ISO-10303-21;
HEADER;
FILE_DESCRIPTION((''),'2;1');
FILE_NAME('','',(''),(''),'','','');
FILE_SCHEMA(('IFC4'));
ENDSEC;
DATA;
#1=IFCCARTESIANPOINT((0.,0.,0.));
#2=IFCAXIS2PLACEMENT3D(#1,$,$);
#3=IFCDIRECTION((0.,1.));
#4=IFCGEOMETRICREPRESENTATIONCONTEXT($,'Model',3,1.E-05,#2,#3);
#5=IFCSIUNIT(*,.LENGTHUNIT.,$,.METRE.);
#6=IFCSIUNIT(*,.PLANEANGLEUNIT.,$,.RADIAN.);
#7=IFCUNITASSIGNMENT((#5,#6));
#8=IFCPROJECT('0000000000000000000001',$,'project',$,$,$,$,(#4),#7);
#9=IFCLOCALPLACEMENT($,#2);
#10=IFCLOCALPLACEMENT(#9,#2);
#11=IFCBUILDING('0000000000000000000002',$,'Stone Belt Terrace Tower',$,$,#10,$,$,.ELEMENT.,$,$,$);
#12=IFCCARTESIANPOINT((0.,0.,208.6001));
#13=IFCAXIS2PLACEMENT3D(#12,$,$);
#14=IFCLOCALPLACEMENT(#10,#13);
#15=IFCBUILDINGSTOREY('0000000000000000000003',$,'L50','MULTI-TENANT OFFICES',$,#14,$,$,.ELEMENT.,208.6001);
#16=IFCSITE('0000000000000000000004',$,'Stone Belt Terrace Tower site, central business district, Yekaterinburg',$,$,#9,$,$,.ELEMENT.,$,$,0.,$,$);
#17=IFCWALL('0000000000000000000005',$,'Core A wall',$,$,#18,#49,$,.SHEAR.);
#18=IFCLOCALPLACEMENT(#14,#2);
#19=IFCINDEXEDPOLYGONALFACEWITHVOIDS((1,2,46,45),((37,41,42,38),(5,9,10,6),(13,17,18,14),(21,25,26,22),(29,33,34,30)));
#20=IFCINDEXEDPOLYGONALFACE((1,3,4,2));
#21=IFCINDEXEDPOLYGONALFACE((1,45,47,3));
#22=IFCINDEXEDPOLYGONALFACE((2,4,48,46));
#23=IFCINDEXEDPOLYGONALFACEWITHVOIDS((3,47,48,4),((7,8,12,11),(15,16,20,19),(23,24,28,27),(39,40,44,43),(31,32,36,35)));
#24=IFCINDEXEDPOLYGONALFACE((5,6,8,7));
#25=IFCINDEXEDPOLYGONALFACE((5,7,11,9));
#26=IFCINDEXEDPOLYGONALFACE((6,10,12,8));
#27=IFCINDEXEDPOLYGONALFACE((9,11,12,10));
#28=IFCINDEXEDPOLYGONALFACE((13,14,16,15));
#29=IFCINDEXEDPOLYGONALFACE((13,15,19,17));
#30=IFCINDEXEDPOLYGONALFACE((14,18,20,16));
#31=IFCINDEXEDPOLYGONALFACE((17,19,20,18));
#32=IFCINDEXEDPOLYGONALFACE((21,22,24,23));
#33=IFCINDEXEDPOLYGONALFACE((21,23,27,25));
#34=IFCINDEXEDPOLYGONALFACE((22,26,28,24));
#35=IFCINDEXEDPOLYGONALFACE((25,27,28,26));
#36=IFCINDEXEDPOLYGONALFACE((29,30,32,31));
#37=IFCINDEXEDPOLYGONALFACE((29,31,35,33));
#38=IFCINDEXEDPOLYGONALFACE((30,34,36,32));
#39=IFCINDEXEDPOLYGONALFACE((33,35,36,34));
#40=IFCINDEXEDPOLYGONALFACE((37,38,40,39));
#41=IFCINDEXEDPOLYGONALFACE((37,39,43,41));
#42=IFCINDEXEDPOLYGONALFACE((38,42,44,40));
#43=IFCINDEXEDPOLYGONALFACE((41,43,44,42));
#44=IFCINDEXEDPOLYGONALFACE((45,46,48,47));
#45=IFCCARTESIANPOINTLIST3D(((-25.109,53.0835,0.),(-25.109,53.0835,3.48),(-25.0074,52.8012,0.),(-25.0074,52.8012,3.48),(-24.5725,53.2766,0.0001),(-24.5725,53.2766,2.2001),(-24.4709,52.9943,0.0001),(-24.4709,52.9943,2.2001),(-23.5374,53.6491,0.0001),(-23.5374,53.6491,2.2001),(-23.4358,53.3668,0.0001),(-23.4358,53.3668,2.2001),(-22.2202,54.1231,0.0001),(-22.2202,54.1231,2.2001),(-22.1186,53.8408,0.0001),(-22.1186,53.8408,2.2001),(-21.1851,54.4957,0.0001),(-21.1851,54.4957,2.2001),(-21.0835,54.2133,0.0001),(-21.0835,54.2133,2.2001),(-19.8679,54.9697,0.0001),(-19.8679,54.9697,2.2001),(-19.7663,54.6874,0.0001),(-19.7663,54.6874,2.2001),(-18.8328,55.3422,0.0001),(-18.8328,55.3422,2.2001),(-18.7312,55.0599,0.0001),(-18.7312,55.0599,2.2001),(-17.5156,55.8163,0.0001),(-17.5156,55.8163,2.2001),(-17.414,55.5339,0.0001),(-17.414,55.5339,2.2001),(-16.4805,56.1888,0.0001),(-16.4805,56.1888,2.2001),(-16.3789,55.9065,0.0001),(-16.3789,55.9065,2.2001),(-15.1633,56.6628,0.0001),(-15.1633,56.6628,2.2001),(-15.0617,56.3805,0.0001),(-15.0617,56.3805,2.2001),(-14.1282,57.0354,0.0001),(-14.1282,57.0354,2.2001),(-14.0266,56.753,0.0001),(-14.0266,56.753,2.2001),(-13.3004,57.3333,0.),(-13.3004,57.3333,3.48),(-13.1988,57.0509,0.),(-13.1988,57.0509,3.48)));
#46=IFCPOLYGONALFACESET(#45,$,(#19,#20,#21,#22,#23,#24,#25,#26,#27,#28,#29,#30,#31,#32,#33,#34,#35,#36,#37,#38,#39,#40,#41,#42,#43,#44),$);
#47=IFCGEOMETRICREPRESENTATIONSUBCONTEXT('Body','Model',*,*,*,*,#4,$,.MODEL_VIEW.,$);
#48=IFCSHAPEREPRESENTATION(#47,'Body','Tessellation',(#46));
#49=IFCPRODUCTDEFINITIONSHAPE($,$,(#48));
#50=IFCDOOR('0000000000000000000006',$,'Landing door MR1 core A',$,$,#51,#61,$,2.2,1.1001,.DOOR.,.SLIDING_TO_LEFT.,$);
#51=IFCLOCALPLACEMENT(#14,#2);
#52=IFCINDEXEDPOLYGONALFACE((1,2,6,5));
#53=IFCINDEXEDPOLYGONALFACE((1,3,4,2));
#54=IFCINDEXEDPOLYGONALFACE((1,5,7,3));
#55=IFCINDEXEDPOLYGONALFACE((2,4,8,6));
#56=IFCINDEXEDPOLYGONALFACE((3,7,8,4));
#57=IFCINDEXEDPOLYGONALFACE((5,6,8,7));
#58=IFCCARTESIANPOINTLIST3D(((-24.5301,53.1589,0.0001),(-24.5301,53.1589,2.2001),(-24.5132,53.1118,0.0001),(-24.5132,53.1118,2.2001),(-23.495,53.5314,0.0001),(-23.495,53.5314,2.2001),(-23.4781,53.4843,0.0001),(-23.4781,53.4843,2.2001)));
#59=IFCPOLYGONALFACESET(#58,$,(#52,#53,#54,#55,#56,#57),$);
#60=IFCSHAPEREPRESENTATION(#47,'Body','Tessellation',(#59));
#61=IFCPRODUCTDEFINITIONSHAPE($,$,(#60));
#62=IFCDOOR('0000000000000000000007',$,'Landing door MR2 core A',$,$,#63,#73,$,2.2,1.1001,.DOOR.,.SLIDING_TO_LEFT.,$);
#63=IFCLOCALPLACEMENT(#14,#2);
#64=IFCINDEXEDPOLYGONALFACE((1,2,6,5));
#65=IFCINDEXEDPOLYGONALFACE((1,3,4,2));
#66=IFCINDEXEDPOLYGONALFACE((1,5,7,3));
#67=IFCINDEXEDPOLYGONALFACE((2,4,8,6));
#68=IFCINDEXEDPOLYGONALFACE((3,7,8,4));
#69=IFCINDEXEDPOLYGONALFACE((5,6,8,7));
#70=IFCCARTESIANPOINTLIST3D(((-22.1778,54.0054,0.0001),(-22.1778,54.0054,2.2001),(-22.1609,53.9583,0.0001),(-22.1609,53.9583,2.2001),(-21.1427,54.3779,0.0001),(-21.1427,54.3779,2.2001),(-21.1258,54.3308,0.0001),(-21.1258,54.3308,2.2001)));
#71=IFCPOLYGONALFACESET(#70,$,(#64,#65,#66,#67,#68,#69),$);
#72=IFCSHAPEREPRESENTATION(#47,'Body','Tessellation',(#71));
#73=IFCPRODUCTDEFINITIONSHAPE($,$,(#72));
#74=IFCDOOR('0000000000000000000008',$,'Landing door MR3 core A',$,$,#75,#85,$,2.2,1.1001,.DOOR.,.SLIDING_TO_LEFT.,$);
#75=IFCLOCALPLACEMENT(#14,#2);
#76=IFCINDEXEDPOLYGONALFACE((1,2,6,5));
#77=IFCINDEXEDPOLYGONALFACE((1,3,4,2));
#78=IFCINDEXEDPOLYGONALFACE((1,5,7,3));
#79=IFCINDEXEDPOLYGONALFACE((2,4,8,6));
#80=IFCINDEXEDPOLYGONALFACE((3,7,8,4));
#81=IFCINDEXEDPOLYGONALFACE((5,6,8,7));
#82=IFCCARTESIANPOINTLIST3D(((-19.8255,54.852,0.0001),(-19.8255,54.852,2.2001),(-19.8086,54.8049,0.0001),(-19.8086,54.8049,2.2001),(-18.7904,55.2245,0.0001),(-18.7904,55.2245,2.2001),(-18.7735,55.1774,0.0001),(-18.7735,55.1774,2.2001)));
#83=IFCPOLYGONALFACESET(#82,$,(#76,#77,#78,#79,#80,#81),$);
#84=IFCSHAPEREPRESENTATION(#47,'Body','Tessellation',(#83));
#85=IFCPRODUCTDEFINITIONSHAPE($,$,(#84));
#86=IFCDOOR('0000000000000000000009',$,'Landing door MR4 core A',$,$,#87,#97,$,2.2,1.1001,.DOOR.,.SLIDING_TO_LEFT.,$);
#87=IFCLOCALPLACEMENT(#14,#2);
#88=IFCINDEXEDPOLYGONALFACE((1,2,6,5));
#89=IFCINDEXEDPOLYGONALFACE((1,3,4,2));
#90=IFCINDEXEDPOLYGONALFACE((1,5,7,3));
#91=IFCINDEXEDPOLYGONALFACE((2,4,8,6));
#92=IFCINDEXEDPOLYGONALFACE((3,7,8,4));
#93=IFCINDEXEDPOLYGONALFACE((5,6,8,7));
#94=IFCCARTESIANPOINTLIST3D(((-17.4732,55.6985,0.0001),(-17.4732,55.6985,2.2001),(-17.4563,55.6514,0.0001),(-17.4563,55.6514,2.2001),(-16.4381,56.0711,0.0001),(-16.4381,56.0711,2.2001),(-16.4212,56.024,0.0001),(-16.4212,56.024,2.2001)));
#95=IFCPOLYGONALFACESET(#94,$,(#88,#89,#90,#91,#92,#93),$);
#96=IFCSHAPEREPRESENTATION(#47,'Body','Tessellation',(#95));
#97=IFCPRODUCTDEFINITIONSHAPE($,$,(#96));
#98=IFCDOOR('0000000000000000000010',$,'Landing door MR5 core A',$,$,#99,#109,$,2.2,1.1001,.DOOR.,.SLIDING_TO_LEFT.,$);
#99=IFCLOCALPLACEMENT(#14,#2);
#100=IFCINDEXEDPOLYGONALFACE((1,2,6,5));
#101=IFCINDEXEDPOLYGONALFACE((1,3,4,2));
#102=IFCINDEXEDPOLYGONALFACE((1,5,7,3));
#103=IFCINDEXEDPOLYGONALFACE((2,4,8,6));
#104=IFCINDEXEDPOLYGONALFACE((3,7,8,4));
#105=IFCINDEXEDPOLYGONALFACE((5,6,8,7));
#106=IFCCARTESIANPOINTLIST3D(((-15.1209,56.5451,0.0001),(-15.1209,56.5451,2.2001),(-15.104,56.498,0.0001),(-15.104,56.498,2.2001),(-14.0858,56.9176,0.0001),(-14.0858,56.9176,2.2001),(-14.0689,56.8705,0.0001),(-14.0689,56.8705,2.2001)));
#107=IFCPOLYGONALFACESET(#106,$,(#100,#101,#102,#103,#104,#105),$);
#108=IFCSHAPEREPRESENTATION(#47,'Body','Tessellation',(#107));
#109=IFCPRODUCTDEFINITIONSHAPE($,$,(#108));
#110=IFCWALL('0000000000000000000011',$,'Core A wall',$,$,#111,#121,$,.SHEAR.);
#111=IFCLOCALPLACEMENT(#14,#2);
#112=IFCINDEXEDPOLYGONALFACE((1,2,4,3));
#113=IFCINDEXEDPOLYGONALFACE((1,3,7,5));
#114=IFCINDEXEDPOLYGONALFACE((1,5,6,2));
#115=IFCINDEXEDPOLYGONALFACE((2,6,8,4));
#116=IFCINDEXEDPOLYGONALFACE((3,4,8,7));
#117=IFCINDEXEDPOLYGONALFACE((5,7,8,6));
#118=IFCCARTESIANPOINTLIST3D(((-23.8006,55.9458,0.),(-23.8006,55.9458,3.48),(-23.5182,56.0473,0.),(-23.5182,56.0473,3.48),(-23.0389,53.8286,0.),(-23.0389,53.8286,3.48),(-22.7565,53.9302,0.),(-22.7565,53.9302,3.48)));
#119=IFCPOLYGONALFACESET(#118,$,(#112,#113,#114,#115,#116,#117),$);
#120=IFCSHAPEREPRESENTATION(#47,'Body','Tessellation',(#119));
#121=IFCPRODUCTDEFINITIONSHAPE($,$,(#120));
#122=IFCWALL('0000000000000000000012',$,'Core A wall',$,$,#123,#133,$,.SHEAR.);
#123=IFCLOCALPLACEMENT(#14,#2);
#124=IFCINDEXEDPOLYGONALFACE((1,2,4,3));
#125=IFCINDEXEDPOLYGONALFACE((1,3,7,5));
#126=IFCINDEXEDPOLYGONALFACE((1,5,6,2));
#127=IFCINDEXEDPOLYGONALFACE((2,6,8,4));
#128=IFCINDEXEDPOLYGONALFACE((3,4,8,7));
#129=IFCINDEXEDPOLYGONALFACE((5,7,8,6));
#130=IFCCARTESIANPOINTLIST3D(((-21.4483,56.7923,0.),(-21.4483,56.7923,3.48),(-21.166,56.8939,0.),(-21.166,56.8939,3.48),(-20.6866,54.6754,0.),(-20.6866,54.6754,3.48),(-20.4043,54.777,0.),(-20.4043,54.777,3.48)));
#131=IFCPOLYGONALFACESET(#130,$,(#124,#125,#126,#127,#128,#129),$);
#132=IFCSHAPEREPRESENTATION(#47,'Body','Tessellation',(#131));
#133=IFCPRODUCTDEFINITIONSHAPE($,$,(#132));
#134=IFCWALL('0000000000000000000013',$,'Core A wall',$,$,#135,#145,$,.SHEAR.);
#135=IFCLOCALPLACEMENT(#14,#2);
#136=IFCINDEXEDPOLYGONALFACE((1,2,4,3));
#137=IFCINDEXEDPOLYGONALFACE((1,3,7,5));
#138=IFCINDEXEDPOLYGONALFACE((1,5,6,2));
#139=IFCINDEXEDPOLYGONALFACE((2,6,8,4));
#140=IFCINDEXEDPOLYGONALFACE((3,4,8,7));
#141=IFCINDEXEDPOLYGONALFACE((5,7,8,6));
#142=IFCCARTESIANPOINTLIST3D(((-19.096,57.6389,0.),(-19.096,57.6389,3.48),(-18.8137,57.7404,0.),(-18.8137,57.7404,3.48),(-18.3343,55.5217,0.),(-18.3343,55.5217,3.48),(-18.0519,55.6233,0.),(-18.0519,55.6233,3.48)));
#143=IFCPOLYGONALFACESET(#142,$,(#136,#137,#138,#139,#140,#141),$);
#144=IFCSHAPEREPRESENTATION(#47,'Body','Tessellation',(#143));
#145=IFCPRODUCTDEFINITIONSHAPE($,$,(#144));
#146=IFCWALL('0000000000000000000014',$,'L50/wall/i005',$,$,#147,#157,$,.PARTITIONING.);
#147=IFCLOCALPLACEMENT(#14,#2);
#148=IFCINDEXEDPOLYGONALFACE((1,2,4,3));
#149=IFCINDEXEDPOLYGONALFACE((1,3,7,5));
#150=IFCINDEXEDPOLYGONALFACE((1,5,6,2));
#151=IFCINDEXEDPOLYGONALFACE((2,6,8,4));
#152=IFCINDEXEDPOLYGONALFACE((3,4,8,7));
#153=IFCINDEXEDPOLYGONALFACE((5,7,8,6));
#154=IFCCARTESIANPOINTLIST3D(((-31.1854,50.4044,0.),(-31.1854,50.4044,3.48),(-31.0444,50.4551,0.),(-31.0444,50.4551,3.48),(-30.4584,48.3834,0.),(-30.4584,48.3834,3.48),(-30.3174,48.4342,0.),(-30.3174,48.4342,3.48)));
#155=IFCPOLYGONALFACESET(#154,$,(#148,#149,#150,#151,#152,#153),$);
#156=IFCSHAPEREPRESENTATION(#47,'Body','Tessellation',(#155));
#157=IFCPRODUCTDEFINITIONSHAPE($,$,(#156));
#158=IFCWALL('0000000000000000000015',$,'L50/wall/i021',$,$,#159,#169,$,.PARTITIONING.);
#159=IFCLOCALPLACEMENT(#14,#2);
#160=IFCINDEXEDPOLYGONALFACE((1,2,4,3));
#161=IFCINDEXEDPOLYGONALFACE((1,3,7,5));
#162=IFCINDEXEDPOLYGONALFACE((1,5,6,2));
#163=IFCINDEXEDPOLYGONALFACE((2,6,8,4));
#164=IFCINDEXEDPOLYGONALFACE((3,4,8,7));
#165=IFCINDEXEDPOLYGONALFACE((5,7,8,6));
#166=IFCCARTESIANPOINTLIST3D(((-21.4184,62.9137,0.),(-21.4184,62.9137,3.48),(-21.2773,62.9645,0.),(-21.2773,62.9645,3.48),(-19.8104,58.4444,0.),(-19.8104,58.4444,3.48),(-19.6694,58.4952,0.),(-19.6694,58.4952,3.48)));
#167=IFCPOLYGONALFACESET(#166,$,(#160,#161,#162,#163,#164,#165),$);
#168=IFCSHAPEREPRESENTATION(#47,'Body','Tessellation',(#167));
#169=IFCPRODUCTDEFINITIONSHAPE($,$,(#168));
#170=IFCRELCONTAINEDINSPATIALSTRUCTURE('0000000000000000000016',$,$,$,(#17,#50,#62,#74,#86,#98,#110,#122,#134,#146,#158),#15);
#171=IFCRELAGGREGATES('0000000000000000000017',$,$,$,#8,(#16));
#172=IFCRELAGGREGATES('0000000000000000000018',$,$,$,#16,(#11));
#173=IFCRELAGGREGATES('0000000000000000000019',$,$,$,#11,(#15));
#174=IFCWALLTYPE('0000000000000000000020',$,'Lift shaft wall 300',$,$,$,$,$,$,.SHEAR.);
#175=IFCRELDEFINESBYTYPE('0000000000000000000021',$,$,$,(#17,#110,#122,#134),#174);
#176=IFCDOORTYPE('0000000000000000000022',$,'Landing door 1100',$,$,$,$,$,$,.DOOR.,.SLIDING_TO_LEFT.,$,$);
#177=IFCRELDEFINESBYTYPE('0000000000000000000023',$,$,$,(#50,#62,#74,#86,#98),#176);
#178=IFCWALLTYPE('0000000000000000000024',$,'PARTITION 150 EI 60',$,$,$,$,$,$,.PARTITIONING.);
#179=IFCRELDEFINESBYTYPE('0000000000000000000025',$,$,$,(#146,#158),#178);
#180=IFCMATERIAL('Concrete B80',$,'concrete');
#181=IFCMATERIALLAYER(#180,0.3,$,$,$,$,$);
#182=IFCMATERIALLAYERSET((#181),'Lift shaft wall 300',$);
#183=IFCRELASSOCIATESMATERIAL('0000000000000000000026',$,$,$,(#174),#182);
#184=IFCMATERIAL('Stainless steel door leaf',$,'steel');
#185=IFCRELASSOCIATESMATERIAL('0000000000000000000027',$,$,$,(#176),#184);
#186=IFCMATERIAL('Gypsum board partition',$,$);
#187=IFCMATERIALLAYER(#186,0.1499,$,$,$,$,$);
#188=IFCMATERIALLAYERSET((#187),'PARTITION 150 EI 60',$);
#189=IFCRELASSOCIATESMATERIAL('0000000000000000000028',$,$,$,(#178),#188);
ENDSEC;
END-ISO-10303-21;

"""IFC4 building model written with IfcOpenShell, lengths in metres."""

from ifc_helpers import new_model, si_unit, direction, frame, frame_2d, origin, place, context, subcontext, project, spatial, rectangle, extrude, material, layer, layer_set, type_object, element, fill, save


model = new_model("IFC4")

# Units and contexts
model_context = context("Model", 3, precision=1e-05, world=origin(), true_north=direction((0.0, 1.0)))
body_context = subcontext(model_context, "Body", "Model", "MODEL_VIEW")
ifc_project = project(units=[si_unit("LENGTHUNIT", "METRE"), si_unit("PLANEANGLEUNIT", "RADIAN")], contexts=[model_context])

# Site, building, storey
site_placement = place(None, origin())
site = spatial("IfcSite", under=ifc_project, at=site_placement, Name="Stone Belt Terrace Tower site, central business district, Yekaterinburg", CompositionType="ELEMENT", RefElevation=0.0)
building_placement = place(site_placement, origin())
building = spatial("IfcBuilding", under=site, at=building_placement, Name="Stone Belt Terrace Tower", CompositionType="ELEMENT")
storey_placement = place(building_placement, frame((0.0, 0.0, 208.6001)))
storey = spatial("IfcBuildingStorey", under=building, at=storey_placement, Name="L50", Description="MULTI-TENANT OFFICES", CompositionType="ELEMENT", Elevation=208.6001)

# Shared definitions
ifc_material_1 = material(Name="Concrete B80", Category="concrete")

# Shared definitions
ifc_layer_1 = layer(ifc_material_1, 0.3)
ifc_layer_set_1 = layer_set([ifc_layer_1], Name="Lift shaft wall 300")
wall_type_1 = type_object("IfcWallType", Name="Lift shaft wall 300", PredefinedType="SHEAR", material=ifc_layer_set_1)
ifc_material_2 = material(Name="Stainless steel door leaf", Category="steel")

# Wall, openings, doors
wall_1_placement = place(storey_placement, frame((-25.0581, 52.9424, 0.0), z_axis=(0.0, 0.0, 1.0), x_axis=(0.940921, 0.338625, 0.0)))
wall_1 = element("IfcWall", 1, at=wall_1_placement, inside=storey, type_object=wall_type_1, Name="Core A wall", PredefinedType="SHEAR", context=body_context, shape_type="SweptSolid", body=[
    extrude(rectangle(XDim=12.55, YDim=0.3, at=frame_2d((6.2749, 0.0))), origin(), (0.0, 0.0, 1.0), 3.48),
])
opening_1_placement = place(wall_1_placement, frame((0.5701, 0.0, 0.0)))
opening_1 = element("IfcOpeningElement", 2, at=opening_1_placement, cuts=wall_1, PredefinedType="OPENING", context=body_context, shape_type="SweptSolid", body=[
    extrude(rectangle(XDim=1.1001, YDim=2.2, at=frame_2d((0.55, 1.1001))), frame((0.0, 0.1599, 0.0), z_axis=(0.0, -1.0, 0.0), x_axis=(1.0, 0.0, 0.0)), (0.0, 0.0, 1.0), 0.3201),
])
opening_2_placement = place(wall_1_placement, frame((3.0701, 0.0, 0.0)))
opening_2 = element("IfcOpeningElement", 3, at=opening_2_placement, cuts=wall_1, PredefinedType="OPENING", context=body_context, shape_type="SweptSolid", body=[
    extrude(rectangle(XDim=1.1001, YDim=2.2, at=frame_2d((0.55, 1.1001))), frame((0.0, 0.1599, 0.0), z_axis=(0.0, -1.0, 0.0), x_axis=(1.0, 0.0, 0.0)), (0.0, 0.0, 1.0), 0.3201),
])
opening_3_placement = place(wall_1_placement, frame((5.5701, 0.0, 0.0)))
opening_3 = element("IfcOpeningElement", 4, at=opening_3_placement, cuts=wall_1, PredefinedType="OPENING", context=body_context, shape_type="SweptSolid", body=[
    extrude(rectangle(XDim=1.1001, YDim=2.2, at=frame_2d((0.55, 1.1001))), frame((0.0, 0.1599, 0.0), z_axis=(0.0, -1.0, 0.0), x_axis=(1.0, 0.0, 0.0)), (0.0, 0.0, 1.0), 0.3201),
])
opening_4_placement = place(wall_1_placement, frame((8.0701, 0.0, 0.0)))
opening_4 = element("IfcOpeningElement", 5, at=opening_4_placement, cuts=wall_1, PredefinedType="OPENING", context=body_context, shape_type="SweptSolid", body=[
    extrude(rectangle(XDim=1.1001, YDim=2.2, at=frame_2d((0.55, 1.1001))), frame((0.0, 0.1599, 0.0), z_axis=(0.0, -1.0, 0.0), x_axis=(1.0, 0.0, 0.0)), (0.0, 0.0, 1.0), 0.3201),
])
opening_5_placement = place(wall_1_placement, frame((10.5701, 0.0, 0.0)))
opening_5 = element("IfcOpeningElement", 6, at=opening_5_placement, cuts=wall_1, PredefinedType="OPENING", context=body_context, shape_type="SweptSolid", body=[
    extrude(rectangle(XDim=1.1001, YDim=2.2, at=frame_2d((0.55, 1.1001))), frame((0.0, 0.1599, 0.0), z_axis=(0.0, -1.0, 0.0), x_axis=(1.0, 0.0, 0.0)), (0.0, 0.0, 1.0), 0.3201),
])
door_type_1 = type_object("IfcDoorType", Name="Landing door 1100", OperationType="SLIDING_TO_LEFT", PredefinedType="DOOR", material=ifc_material_2)
door_1_placement = place(opening_1_placement, origin())
door_1 = element("IfcDoor", 7, at=door_1_placement, inside=storey, type_object=door_type_1, Name="Landing door MR1 core A", OperationType="SLIDING_TO_LEFT", OverallHeight=2.2, OverallWidth=1.1001, PredefinedType="DOOR", context=body_context, shape_type="SweptSolid", body=[
    extrude(rectangle(XDim=1.1001, YDim=2.2, at=frame_2d((0.55, 1.1001))), frame((0.0, 0.0249, 0.0), z_axis=(0.0, -1.0, 0.0), x_axis=(1.0, 0.0, 0.0)), (0.0, 0.0, 1.0), 0.05),
])
fill(opening_1, door_1)
door_2_placement = place(opening_2_placement, origin())
door_2 = element("IfcDoor", 8, at=door_2_placement, inside=storey, type_object=door_type_1, Name="Landing door MR2 core A", OperationType="SLIDING_TO_LEFT", OverallHeight=2.2, OverallWidth=1.1001, PredefinedType="DOOR", context=body_context, shape_type="SweptSolid", body=[
    extrude(rectangle(XDim=1.1001, YDim=2.2, at=frame_2d((0.55, 1.1001))), frame((0.0, 0.0249, 0.0), z_axis=(0.0, -1.0, 0.0), x_axis=(1.0, 0.0, 0.0)), (0.0, 0.0, 1.0), 0.05),
])
fill(opening_2, door_2)
door_3_placement = place(opening_3_placement, origin())
door_3 = element("IfcDoor", 9, at=door_3_placement, inside=storey, type_object=door_type_1, Name="Landing door MR3 core A", OperationType="SLIDING_TO_LEFT", OverallHeight=2.2, OverallWidth=1.1001, PredefinedType="DOOR", context=body_context, shape_type="SweptSolid", body=[
    extrude(rectangle(XDim=1.1001, YDim=2.2, at=frame_2d((0.55, 1.1001))), frame((0.0, 0.0249, 0.0), z_axis=(0.0, -1.0, 0.0), x_axis=(1.0, 0.0, 0.0)), (0.0, 0.0, 1.0), 0.05),
])
fill(opening_3, door_3)
door_4_placement = place(opening_4_placement, origin())
door_4 = element("IfcDoor", 10, at=door_4_placement, inside=storey, type_object=door_type_1, Name="Landing door MR4 core A", OperationType="SLIDING_TO_LEFT", OverallHeight=2.2, OverallWidth=1.1001, PredefinedType="DOOR", context=body_context, shape_type="SweptSolid", body=[
    extrude(rectangle(XDim=1.1001, YDim=2.2, at=frame_2d((0.55, 1.1001))), frame((0.0, 0.0249, 0.0), z_axis=(0.0, -1.0, 0.0), x_axis=(1.0, 0.0, 0.0)), (0.0, 0.0, 1.0), 0.05),
])
fill(opening_4, door_4)
door_5_placement = place(opening_5_placement, origin())
door_5 = element("IfcDoor", 11, at=door_5_placement, inside=storey, type_object=door_type_1, Name="Landing door MR5 core A", OperationType="SLIDING_TO_LEFT", OverallHeight=2.2, OverallWidth=1.1001, PredefinedType="DOOR", context=body_context, shape_type="SweptSolid", body=[
    extrude(rectangle(XDim=1.1001, YDim=2.2, at=frame_2d((0.55, 1.1001))), frame((0.0, 0.0249, 0.0), z_axis=(0.0, -1.0, 0.0), x_axis=(1.0, 0.0, 0.0)), (0.0, 0.0, 1.0), 0.05),
])
fill(opening_5, door_5)

# Walls
wall_2_placement = place(storey_placement, frame((-22.8977, 53.8794, 0.0), z_axis=(0.0, 0.0, 1.0), x_axis=(-0.338535, 0.940954, 0.0)))
element("IfcWall", 12, at=wall_2_placement, inside=storey, type_object=wall_type_1, Name="Core A wall", PredefinedType="SHEAR", context=body_context, shape_type="SweptSolid", body=[
    extrude(rectangle(XDim=2.25, YDim=0.3, at=frame_2d((1.125, 0.0))), origin(), (0.0, 0.0, 1.0), 3.48),
])
wall_3_placement = place(storey_placement, frame((-20.5454, 54.7261, 0.0), z_axis=(0.0, 0.0, 1.0), x_axis=(-0.33857, 0.940941, 0.0)))
element("IfcWall", 13, at=wall_3_placement, inside=storey, type_object=wall_type_1, Name="Core A wall", PredefinedType="SHEAR", context=body_context, shape_type="SweptSolid", body=[
    extrude(rectangle(XDim=2.2498, YDim=0.3, at=frame_2d((1.125, 0.0))), origin(), (0.0, 0.0, 1.0), 3.48),
])
wall_4_placement = place(storey_placement, frame((-18.1931, 55.5725, 0.0), z_axis=(0.0, 0.0, 1.0), x_axis=(-0.338535, 0.940954, 0.0)))
element("IfcWall", 14, at=wall_4_placement, inside=storey, type_object=wall_type_1, Name="Core A wall", PredefinedType="SHEAR", context=body_context, shape_type="SweptSolid", body=[
    extrude(rectangle(XDim=2.25, YDim=0.3, at=frame_2d((1.125, 0.0))), origin(), (0.0, 0.0, 1.0), 3.48),
])
ifc_material_3 = material(Name="Gypsum board partition")
ifc_layer_2 = layer(ifc_material_3, 0.1499)
ifc_layer_set_2 = layer_set([ifc_layer_2], Name="PARTITION 150 EI 60")
wall_type_2 = type_object("IfcWallType", Name="PARTITION 150 EI 60", PredefinedType="PARTITIONING", material=ifc_layer_set_2)
wall_5_placement = place(storey_placement, frame((-30.3879, 48.4089, 0.0), z_axis=(0.0, 0.0, 1.0), x_axis=(-0.33851, 0.940963, 0.0)))
element("IfcWall", 15, at=wall_5_placement, inside=storey, type_object=wall_type_2, Name="L50/wall/i005", PredefinedType="PARTITIONING", context=body_context, shape_type="SweptSolid", body=[
    extrude(rectangle(XDim=2.1477, YDim=0.1499, at=frame_2d((1.0737, 0.0))), origin(), (0.0, 0.0, 1.0), 3.48),
])
wall_6_placement = place(storey_placement, frame((-21.3479, 62.9392, 0.0), z_axis=(0.0, 0.0, 1.0), x_axis=(0.33853, -0.940956, 0.0)))
element("IfcWall", 16, at=wall_6_placement, inside=storey, type_object=wall_type_2, Name="L50/wall/i021", PredefinedType="PARTITIONING", context=body_context, shape_type="SweptSolid", body=[
    extrude(rectangle(XDim=4.7498, YDim=0.1499, at=frame_2d((2.375, 0.0))), origin(), (0.0, 0.0, 1.0), 3.48),
])

save(model, "model.ifc")
